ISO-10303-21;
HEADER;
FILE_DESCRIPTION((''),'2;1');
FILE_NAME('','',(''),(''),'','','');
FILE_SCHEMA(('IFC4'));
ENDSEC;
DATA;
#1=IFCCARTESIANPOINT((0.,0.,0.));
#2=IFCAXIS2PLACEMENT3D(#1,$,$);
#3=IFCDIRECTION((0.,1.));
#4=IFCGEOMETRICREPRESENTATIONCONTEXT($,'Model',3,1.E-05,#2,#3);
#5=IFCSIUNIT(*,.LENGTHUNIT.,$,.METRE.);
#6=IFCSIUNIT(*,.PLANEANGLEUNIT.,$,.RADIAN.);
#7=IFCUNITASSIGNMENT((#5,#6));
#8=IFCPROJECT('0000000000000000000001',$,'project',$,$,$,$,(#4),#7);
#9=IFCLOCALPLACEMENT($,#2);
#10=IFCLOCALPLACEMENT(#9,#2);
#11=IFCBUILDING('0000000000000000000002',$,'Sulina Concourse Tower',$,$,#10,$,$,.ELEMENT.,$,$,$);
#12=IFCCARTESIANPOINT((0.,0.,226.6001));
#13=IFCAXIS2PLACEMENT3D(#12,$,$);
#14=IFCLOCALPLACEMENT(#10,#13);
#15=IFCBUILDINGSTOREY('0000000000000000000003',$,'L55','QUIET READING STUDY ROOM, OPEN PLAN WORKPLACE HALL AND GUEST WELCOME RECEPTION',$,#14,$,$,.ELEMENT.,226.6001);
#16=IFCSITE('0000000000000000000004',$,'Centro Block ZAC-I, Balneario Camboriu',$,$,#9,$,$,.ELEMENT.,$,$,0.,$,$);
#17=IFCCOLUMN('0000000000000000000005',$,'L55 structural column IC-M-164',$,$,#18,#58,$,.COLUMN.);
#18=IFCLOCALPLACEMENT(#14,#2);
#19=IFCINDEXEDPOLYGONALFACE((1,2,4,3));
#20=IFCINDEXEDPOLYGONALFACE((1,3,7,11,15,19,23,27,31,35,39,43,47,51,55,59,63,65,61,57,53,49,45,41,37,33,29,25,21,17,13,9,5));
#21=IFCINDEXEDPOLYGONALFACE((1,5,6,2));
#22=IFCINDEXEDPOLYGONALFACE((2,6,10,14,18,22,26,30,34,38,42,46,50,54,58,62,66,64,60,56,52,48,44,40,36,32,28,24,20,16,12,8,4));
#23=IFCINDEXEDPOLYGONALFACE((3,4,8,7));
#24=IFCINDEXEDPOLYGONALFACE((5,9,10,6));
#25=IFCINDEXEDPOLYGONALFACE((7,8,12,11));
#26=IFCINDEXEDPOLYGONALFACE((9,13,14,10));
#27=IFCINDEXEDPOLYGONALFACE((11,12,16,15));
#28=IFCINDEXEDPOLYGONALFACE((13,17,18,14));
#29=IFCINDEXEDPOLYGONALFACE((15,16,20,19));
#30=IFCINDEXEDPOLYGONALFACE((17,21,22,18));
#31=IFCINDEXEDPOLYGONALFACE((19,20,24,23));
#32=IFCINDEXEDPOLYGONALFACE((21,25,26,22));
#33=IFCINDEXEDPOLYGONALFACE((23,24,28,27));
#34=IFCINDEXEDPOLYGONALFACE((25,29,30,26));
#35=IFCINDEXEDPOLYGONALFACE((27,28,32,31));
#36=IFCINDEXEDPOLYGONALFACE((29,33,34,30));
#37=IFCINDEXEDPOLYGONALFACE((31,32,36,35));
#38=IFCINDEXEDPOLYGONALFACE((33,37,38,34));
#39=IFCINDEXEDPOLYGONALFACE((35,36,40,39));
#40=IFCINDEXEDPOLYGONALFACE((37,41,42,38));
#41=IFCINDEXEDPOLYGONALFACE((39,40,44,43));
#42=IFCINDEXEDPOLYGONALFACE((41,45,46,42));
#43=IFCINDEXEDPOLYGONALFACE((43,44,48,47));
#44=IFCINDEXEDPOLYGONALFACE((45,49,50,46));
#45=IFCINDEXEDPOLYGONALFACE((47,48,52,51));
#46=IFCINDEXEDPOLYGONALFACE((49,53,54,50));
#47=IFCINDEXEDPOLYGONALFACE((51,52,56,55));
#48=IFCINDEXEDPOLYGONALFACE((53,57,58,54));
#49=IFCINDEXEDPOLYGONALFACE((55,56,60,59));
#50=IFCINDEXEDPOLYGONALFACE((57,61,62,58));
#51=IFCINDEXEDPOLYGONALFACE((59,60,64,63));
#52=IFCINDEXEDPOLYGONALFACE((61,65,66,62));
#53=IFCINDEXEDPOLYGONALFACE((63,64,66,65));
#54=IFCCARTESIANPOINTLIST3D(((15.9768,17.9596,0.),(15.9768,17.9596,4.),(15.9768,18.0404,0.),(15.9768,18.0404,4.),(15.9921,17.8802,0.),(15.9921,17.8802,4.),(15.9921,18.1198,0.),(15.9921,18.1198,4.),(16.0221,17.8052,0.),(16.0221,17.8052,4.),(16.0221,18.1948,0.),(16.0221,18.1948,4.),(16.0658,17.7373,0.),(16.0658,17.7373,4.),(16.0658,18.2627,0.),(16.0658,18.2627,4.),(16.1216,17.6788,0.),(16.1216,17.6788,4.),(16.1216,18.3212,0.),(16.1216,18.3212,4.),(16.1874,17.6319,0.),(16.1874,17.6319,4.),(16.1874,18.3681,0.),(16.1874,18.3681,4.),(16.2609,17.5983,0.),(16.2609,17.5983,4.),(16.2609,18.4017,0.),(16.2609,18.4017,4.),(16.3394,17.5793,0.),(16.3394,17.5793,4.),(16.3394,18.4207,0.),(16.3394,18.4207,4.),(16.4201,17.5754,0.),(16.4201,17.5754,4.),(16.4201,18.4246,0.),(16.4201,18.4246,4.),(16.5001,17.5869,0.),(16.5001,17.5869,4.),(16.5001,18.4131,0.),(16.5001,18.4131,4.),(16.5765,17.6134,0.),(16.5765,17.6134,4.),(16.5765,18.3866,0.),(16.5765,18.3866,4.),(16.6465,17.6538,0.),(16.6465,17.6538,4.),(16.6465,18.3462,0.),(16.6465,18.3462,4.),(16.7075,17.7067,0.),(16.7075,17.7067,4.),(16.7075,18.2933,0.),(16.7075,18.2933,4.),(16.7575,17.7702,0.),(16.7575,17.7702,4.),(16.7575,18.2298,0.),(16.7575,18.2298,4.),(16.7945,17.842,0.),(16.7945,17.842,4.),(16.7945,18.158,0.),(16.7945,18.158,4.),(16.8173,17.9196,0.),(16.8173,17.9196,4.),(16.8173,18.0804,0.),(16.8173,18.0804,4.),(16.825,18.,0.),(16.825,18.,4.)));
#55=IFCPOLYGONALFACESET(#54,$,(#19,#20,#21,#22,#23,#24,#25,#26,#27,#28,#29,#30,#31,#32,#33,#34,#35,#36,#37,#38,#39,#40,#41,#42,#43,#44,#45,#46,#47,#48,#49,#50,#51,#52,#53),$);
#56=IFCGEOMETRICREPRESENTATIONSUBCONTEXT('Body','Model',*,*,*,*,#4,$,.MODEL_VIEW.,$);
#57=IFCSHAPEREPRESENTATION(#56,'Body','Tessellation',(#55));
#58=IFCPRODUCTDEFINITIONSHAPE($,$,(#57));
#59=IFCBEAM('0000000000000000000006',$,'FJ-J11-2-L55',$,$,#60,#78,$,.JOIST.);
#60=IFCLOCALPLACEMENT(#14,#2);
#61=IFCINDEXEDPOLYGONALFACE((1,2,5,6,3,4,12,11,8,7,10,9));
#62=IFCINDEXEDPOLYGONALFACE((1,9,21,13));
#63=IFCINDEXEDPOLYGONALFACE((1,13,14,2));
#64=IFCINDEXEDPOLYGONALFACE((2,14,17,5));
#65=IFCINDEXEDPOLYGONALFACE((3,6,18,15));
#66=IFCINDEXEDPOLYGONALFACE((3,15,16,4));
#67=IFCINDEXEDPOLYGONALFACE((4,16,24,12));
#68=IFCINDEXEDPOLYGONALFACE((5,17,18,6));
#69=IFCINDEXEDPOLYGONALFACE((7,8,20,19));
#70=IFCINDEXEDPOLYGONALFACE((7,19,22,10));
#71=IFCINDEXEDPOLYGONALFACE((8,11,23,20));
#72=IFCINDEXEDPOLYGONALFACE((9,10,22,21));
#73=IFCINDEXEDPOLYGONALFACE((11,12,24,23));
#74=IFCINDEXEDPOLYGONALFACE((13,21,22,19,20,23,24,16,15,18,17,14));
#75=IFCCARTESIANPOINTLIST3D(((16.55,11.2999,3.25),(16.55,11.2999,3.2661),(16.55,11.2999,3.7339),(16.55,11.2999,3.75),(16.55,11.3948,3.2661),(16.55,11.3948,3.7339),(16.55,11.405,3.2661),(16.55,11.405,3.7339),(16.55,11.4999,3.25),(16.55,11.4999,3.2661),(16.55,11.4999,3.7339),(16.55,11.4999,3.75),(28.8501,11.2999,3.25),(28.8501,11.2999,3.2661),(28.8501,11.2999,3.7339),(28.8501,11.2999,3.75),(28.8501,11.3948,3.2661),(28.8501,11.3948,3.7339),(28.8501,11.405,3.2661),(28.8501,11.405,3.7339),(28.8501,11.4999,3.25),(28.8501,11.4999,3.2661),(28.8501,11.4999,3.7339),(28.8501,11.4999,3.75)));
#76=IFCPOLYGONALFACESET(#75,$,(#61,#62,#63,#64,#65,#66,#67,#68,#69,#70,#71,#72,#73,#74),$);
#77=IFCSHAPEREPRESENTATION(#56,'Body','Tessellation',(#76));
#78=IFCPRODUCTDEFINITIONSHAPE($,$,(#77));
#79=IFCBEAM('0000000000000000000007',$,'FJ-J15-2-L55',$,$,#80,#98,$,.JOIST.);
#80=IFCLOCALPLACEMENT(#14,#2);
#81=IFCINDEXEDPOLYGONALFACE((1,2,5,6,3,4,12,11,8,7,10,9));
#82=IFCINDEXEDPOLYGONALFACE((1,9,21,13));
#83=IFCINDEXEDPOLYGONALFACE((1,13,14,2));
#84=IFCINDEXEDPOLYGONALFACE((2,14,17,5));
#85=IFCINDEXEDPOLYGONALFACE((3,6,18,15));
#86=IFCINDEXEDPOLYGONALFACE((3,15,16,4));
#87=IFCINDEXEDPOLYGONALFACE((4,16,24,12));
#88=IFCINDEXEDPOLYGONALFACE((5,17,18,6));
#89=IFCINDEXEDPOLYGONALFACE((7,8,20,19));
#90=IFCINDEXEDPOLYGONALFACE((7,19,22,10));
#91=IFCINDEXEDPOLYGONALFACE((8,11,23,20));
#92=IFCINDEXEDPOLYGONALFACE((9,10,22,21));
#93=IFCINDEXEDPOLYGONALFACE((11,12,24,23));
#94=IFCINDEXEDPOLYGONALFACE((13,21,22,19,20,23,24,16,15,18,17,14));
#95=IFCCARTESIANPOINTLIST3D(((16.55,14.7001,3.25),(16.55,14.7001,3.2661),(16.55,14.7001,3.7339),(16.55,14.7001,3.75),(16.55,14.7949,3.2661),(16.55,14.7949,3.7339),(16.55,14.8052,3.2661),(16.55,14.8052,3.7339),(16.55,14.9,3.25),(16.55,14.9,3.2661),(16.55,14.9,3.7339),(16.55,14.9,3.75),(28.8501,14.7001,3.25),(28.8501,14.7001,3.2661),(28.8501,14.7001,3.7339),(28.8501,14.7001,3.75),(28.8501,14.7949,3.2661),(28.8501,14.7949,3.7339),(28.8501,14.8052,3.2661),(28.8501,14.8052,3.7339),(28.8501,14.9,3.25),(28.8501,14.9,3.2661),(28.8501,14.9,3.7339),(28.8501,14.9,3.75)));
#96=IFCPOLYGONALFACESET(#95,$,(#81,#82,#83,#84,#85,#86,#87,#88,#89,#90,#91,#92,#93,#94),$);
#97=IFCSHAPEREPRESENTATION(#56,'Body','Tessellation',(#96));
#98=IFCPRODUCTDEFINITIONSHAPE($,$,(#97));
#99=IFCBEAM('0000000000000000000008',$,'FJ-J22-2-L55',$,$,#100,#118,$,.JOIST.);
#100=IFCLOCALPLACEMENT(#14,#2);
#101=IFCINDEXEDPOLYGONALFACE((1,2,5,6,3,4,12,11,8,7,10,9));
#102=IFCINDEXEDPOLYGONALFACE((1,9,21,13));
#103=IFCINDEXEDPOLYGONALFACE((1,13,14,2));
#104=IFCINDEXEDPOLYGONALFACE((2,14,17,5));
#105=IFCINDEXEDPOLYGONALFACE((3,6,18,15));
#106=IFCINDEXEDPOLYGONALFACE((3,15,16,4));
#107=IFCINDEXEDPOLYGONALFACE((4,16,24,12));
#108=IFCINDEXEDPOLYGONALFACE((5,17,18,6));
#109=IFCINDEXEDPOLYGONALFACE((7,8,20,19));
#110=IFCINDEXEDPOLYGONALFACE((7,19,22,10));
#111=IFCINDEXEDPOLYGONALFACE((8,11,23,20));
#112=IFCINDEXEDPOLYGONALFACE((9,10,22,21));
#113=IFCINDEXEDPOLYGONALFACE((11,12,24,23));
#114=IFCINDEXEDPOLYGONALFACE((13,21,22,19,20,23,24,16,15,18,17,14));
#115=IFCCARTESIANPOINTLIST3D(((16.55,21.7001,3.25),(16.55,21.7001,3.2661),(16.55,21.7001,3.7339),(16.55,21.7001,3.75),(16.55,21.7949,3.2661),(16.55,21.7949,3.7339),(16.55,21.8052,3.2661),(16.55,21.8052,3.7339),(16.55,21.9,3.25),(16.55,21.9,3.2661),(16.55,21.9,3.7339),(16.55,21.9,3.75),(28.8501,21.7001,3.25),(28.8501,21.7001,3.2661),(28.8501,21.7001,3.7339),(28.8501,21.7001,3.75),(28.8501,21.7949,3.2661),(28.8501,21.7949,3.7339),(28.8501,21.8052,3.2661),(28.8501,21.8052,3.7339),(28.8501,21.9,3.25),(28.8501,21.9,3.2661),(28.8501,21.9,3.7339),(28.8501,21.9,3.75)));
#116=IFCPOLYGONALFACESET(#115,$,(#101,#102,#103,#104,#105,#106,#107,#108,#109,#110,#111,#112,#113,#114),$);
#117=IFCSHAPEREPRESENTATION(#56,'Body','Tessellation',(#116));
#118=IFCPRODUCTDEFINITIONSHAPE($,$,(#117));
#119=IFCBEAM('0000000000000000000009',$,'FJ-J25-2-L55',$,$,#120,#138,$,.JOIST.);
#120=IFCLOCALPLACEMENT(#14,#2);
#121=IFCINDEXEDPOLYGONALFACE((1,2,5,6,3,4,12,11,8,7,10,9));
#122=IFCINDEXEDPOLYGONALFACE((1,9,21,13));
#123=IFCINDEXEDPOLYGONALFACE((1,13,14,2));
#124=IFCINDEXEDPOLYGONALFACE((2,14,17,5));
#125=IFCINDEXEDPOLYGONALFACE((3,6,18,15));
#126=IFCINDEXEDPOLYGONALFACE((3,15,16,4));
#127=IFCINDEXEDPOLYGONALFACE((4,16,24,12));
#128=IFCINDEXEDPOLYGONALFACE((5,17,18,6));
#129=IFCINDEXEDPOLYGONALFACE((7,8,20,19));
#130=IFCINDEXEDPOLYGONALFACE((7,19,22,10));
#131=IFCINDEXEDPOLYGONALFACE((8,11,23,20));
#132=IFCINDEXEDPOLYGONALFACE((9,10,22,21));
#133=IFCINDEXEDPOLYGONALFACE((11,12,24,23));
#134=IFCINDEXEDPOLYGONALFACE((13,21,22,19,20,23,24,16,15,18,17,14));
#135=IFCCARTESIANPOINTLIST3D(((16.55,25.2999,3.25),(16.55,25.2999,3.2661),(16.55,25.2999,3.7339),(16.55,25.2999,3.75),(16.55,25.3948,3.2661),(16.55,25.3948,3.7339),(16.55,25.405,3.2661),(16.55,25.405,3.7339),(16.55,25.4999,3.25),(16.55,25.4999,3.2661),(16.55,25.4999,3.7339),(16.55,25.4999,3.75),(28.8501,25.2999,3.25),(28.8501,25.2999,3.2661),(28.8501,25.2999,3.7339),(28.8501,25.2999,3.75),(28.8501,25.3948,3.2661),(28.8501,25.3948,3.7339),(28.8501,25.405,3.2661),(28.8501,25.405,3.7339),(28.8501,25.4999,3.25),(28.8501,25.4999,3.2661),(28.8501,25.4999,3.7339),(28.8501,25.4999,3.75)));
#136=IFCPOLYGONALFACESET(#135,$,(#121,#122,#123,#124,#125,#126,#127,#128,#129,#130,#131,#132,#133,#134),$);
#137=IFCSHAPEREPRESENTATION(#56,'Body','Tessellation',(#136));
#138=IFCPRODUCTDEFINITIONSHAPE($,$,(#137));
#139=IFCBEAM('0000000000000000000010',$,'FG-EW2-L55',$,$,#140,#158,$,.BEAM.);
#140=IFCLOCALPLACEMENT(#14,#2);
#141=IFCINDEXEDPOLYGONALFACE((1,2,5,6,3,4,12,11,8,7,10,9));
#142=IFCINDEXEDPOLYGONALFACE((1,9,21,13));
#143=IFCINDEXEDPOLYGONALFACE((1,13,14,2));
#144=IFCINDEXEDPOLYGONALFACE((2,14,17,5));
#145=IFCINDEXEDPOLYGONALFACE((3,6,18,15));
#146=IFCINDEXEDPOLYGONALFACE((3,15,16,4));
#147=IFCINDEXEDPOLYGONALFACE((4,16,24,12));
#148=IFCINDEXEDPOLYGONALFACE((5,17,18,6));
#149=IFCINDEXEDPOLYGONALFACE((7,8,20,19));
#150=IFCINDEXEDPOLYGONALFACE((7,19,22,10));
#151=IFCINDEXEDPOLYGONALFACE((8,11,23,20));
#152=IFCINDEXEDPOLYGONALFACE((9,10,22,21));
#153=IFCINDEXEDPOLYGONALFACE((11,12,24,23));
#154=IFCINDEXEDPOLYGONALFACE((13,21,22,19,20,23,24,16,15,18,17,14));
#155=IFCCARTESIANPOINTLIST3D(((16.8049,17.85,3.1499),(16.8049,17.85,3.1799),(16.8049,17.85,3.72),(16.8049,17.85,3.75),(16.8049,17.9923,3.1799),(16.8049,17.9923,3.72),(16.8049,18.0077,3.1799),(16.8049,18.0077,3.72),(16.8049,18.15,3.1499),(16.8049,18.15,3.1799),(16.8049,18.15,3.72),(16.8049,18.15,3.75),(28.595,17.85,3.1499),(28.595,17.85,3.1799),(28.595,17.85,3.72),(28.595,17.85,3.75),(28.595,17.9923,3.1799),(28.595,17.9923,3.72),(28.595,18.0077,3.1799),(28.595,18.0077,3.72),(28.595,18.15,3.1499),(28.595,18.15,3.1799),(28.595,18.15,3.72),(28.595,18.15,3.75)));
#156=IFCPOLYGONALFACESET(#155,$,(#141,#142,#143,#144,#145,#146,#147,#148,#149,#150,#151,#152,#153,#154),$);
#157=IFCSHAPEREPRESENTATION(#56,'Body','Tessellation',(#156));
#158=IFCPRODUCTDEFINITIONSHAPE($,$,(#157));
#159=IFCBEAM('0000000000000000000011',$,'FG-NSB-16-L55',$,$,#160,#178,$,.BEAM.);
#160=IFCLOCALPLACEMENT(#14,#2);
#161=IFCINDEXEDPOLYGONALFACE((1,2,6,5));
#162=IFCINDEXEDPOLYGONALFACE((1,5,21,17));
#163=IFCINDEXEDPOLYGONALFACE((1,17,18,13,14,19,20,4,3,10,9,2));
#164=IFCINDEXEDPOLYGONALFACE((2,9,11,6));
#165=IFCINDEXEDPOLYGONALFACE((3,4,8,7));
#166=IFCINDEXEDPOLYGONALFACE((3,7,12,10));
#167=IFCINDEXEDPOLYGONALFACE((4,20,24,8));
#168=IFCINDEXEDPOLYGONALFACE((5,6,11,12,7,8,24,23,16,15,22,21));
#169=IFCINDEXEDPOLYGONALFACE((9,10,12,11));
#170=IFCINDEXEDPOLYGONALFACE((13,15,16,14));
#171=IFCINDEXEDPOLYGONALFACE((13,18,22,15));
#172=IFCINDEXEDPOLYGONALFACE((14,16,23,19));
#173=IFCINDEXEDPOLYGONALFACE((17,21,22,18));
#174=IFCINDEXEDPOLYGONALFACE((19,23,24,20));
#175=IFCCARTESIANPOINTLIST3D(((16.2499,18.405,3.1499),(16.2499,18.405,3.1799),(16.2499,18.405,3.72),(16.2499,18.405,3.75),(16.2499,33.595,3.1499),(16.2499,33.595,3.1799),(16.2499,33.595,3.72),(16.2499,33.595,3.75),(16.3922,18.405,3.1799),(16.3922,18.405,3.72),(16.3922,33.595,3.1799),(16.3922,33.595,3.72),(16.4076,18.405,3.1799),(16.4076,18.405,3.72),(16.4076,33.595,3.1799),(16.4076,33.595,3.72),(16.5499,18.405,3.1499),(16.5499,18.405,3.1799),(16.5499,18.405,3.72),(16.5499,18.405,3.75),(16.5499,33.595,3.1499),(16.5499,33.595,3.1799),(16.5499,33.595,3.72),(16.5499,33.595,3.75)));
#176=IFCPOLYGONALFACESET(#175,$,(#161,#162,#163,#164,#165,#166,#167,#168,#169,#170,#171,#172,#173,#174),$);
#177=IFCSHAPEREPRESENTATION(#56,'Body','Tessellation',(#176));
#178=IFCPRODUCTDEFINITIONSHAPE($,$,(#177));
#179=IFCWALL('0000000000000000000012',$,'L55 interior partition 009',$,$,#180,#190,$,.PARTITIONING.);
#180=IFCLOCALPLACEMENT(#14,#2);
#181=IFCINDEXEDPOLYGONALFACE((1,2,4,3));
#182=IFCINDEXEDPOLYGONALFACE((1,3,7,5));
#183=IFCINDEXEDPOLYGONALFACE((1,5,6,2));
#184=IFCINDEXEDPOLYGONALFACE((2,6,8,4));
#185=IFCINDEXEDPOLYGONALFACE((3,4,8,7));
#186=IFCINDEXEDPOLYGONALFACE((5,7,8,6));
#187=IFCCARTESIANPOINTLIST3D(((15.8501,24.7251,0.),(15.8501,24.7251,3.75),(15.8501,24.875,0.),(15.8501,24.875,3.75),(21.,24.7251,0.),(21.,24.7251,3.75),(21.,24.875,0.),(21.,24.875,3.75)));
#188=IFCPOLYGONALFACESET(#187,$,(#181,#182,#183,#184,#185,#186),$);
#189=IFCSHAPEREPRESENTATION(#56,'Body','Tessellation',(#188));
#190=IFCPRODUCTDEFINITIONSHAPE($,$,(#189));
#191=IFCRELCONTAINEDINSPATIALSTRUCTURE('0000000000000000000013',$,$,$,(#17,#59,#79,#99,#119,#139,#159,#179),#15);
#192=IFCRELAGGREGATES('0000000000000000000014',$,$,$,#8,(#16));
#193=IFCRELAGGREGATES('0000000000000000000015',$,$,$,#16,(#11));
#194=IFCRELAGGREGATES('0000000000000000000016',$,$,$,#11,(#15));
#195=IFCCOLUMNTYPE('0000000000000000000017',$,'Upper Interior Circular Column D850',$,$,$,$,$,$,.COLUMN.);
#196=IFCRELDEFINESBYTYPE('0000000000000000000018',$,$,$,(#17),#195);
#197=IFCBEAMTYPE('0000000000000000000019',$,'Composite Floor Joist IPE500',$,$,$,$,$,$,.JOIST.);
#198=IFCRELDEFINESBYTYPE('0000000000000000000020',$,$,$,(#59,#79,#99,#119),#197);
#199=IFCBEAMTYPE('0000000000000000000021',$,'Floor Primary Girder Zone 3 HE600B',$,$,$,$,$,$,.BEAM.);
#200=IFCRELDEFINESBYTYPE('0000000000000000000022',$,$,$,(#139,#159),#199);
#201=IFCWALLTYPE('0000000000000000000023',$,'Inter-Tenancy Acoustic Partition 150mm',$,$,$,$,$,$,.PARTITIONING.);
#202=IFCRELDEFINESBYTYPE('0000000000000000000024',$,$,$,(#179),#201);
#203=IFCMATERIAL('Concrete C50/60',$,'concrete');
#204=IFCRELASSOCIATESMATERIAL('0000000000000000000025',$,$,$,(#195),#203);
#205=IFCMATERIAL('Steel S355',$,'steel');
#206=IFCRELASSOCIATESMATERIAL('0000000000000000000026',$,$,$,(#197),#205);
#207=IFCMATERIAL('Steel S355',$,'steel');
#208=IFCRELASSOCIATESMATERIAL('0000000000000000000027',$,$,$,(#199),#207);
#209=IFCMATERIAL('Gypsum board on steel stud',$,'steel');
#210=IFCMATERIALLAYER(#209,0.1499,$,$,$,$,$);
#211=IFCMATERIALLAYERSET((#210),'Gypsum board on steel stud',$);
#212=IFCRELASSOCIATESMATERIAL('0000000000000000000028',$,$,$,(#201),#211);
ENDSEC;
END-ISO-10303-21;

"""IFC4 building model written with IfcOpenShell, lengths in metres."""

from ifc_helpers import new_model, si_unit, direction, frame, frame_2d, origin, origin_2d, place, context, subcontext, project, spatial, rectangle, circle, i_section, extrude, material, layer, layer_set, material_profile, profile_set, type_object, element, save


model = new_model("IFC4")

# Units and contexts
model_context = context("Model", 3, precision=1e-05, world=origin(), true_north=direction((0.0, 1.0)))
body_context = subcontext(model_context, "Body", "Model", "MODEL_VIEW")
ifc_project = project(units=[si_unit("LENGTHUNIT", "METRE"), si_unit("PLANEANGLEUNIT", "RADIAN")], contexts=[model_context])

# Site, building, storey
site_placement = place(None, origin())
site = spatial("IfcSite", under=ifc_project, at=site_placement, Name="Centro Block ZAC-I, Balneario Camboriu", CompositionType="ELEMENT", RefElevation=0.0)
building_placement = place(site_placement, origin())
building = spatial("IfcBuilding", under=site, at=building_placement, Name="Sulina Concourse Tower", CompositionType="ELEMENT")
storey_placement = place(building_placement, frame((0.0, 0.0, 226.6001)))
storey = spatial("IfcBuildingStorey", under=building, at=storey_placement, Name="L55", Description="QUIET READING STUDY ROOM, OPEN PLAN WORKPLACE HALL AND GUEST WELCOME RECEPTION", CompositionType="ELEMENT", Elevation=226.6001)

# Column
ifc_material_1 = material(Name="Concrete C50/60", Category="concrete")
ifc_material_profile_1 = material_profile(ifc_material_1, circle(Radius=0.425, at=origin_2d()), Name="RC D850")
ifc_profile_set_1 = profile_set([ifc_material_profile_1], Name="Concrete C50/60")
column_type = type_object("IfcColumnType", Name="Upper Interior Circular Column D850", PredefinedType="COLUMN", material=ifc_profile_set_1)
column_placement = place(storey_placement, frame((16.3999, 18.0, 0.0), z_axis=(0.0, 0.0, 1.0), x_axis=(1.0, 0.0, 0.0)))
element("IfcColumn", 1, at=column_placement, inside=storey, type_object=column_type, Name="L55 structural column IC-M-164", PredefinedType="COLUMN", context=body_context, shape_type="SweptSolid", body=[
    extrude(circle(Radius=0.425, at=origin_2d()), origin(), (0.0, 0.0, 1.0), 4.0),
])

# Beams
ifc_material_2 = material(Name="Steel S355", Category="steel")
ifc_material_profile_2 = material_profile(ifc_material_2, i_section(OverallWidth=0.2, OverallDepth=0.5, WebThickness=0.0103, FlangeThickness=0.0161, at=origin_2d()), Name="IPE 500")
ifc_profile_set_2 = profile_set([ifc_material_profile_2], Name="Steel S355")
beam_type_1 = type_object("IfcBeamType", Name="Composite Floor Joist IPE500", PredefinedType="JOIST", material=ifc_profile_set_2)
for number, where, z_axis, x_axis, name in (
    (2, (16.55, 11.3999, 3.5), (1.0, 0.0, 0.0), (0.0, 1.0, 0.0), "FJ-J11-2-L55"),
    (3, (16.55, 14.8, 3.5), (1.0, 0.0, 0.0), (0.0, 1.0, 0.0), "FJ-J15-2-L55"),
    (4, (16.55, 21.8, 3.5), (1.0, 0.0, 0.0), (0.0, 1.0, 0.0), "FJ-J22-2-L55"),
    (5, (16.55, 25.3999, 3.5), (1.0, 0.0, 0.0), (0.0, 1.0, 0.0), "FJ-J25-2-L55"),
):
    element("IfcBeam", number, at=place(storey_placement, frame(where, z_axis=z_axis, x_axis=x_axis)), inside=storey, type_object=beam_type_1, Name=name, PredefinedType="JOIST", context=body_context, shape_type="SweptSolid", body=[
        extrude(i_section(OverallWidth=0.2, OverallDepth=0.5, WebThickness=0.0103, FlangeThickness=0.0161, at=origin_2d()), origin(), (0.0, 0.0, 1.0), 12.3),
    ])
ifc_material_3 = material(Name="Steel S355", Category="steel")
ifc_material_profile_3 = material_profile(ifc_material_3, i_section(OverallWidth=0.3, OverallDepth=0.6001, WebThickness=0.0154, FlangeThickness=0.03, at=origin_2d()), Name="HE 600 B")
ifc_profile_set_3 = profile_set([ifc_material_profile_3], Name="Steel S355")
beam_type_2 = type_object("IfcBeamType", Name="Floor Primary Girder Zone 3 HE600B", PredefinedType="BEAM", material=ifc_profile_set_3)
beam_1_placement = place(storey_placement, frame((16.8049, 18.0, 3.45), z_axis=(1.0, 0.0, 0.0), x_axis=(0.0, 1.0, 0.0)))
element("IfcBeam", 6, at=beam_1_placement, inside=storey, type_object=beam_type_2, Name="FG-EW2-L55", PredefinedType="BEAM", context=body_context, shape_type="SweptSolid", body=[
    extrude(i_section(OverallWidth=0.3, OverallDepth=0.6001, WebThickness=0.0154, FlangeThickness=0.03, at=origin_2d()), origin(), (0.0, 0.0, 1.0), 11.79),
])
beam_2_placement = place(storey_placement, frame((16.3999, 18.405, 3.45), z_axis=(0.0, 1.0, 0.0), x_axis=(-1.0, 0.0, 0.0)))
element("IfcBeam", 7, at=beam_2_placement, inside=storey, type_object=beam_type_2, Name="FG-NSB-16-L55", PredefinedType="BEAM", context=body_context, shape_type="SweptSolid", body=[
    extrude(i_section(OverallWidth=0.3, OverallDepth=0.6001, WebThickness=0.0154, FlangeThickness=0.03, at=origin_2d()), origin(), (0.0, 0.0, 1.0), 15.1899),
])

# Wall
ifc_material_4 = material(Name="Gypsum board on steel stud", Category="steel")
ifc_layer_1 = layer(ifc_material_4, 0.1499)
ifc_layer_set_1 = layer_set([ifc_layer_1], Name="Gypsum board on steel stud")
wall_type_1 = type_object("IfcWallType", Name="Inter-Tenancy Acoustic Partition 150mm", PredefinedType="PARTITIONING", material=ifc_layer_set_1)
wall_1_placement = place(storey_placement, frame((15.8501, 24.8, 0.0), z_axis=(0.0, 0.0, 1.0), x_axis=(1.0, 0.0, 0.0)))
element("IfcWall", 8, at=wall_1_placement, inside=storey, type_object=wall_type_1, Name="L55 interior partition 009", PredefinedType="PARTITIONING", context=body_context, shape_type="SweptSolid", body=[
    extrude(rectangle(XDim=5.1499, YDim=0.1499, at=frame_2d((2.575, 0.0))), origin(), (0.0, 0.0, 1.0), 3.75),
])

save(model, "model.ifc")
